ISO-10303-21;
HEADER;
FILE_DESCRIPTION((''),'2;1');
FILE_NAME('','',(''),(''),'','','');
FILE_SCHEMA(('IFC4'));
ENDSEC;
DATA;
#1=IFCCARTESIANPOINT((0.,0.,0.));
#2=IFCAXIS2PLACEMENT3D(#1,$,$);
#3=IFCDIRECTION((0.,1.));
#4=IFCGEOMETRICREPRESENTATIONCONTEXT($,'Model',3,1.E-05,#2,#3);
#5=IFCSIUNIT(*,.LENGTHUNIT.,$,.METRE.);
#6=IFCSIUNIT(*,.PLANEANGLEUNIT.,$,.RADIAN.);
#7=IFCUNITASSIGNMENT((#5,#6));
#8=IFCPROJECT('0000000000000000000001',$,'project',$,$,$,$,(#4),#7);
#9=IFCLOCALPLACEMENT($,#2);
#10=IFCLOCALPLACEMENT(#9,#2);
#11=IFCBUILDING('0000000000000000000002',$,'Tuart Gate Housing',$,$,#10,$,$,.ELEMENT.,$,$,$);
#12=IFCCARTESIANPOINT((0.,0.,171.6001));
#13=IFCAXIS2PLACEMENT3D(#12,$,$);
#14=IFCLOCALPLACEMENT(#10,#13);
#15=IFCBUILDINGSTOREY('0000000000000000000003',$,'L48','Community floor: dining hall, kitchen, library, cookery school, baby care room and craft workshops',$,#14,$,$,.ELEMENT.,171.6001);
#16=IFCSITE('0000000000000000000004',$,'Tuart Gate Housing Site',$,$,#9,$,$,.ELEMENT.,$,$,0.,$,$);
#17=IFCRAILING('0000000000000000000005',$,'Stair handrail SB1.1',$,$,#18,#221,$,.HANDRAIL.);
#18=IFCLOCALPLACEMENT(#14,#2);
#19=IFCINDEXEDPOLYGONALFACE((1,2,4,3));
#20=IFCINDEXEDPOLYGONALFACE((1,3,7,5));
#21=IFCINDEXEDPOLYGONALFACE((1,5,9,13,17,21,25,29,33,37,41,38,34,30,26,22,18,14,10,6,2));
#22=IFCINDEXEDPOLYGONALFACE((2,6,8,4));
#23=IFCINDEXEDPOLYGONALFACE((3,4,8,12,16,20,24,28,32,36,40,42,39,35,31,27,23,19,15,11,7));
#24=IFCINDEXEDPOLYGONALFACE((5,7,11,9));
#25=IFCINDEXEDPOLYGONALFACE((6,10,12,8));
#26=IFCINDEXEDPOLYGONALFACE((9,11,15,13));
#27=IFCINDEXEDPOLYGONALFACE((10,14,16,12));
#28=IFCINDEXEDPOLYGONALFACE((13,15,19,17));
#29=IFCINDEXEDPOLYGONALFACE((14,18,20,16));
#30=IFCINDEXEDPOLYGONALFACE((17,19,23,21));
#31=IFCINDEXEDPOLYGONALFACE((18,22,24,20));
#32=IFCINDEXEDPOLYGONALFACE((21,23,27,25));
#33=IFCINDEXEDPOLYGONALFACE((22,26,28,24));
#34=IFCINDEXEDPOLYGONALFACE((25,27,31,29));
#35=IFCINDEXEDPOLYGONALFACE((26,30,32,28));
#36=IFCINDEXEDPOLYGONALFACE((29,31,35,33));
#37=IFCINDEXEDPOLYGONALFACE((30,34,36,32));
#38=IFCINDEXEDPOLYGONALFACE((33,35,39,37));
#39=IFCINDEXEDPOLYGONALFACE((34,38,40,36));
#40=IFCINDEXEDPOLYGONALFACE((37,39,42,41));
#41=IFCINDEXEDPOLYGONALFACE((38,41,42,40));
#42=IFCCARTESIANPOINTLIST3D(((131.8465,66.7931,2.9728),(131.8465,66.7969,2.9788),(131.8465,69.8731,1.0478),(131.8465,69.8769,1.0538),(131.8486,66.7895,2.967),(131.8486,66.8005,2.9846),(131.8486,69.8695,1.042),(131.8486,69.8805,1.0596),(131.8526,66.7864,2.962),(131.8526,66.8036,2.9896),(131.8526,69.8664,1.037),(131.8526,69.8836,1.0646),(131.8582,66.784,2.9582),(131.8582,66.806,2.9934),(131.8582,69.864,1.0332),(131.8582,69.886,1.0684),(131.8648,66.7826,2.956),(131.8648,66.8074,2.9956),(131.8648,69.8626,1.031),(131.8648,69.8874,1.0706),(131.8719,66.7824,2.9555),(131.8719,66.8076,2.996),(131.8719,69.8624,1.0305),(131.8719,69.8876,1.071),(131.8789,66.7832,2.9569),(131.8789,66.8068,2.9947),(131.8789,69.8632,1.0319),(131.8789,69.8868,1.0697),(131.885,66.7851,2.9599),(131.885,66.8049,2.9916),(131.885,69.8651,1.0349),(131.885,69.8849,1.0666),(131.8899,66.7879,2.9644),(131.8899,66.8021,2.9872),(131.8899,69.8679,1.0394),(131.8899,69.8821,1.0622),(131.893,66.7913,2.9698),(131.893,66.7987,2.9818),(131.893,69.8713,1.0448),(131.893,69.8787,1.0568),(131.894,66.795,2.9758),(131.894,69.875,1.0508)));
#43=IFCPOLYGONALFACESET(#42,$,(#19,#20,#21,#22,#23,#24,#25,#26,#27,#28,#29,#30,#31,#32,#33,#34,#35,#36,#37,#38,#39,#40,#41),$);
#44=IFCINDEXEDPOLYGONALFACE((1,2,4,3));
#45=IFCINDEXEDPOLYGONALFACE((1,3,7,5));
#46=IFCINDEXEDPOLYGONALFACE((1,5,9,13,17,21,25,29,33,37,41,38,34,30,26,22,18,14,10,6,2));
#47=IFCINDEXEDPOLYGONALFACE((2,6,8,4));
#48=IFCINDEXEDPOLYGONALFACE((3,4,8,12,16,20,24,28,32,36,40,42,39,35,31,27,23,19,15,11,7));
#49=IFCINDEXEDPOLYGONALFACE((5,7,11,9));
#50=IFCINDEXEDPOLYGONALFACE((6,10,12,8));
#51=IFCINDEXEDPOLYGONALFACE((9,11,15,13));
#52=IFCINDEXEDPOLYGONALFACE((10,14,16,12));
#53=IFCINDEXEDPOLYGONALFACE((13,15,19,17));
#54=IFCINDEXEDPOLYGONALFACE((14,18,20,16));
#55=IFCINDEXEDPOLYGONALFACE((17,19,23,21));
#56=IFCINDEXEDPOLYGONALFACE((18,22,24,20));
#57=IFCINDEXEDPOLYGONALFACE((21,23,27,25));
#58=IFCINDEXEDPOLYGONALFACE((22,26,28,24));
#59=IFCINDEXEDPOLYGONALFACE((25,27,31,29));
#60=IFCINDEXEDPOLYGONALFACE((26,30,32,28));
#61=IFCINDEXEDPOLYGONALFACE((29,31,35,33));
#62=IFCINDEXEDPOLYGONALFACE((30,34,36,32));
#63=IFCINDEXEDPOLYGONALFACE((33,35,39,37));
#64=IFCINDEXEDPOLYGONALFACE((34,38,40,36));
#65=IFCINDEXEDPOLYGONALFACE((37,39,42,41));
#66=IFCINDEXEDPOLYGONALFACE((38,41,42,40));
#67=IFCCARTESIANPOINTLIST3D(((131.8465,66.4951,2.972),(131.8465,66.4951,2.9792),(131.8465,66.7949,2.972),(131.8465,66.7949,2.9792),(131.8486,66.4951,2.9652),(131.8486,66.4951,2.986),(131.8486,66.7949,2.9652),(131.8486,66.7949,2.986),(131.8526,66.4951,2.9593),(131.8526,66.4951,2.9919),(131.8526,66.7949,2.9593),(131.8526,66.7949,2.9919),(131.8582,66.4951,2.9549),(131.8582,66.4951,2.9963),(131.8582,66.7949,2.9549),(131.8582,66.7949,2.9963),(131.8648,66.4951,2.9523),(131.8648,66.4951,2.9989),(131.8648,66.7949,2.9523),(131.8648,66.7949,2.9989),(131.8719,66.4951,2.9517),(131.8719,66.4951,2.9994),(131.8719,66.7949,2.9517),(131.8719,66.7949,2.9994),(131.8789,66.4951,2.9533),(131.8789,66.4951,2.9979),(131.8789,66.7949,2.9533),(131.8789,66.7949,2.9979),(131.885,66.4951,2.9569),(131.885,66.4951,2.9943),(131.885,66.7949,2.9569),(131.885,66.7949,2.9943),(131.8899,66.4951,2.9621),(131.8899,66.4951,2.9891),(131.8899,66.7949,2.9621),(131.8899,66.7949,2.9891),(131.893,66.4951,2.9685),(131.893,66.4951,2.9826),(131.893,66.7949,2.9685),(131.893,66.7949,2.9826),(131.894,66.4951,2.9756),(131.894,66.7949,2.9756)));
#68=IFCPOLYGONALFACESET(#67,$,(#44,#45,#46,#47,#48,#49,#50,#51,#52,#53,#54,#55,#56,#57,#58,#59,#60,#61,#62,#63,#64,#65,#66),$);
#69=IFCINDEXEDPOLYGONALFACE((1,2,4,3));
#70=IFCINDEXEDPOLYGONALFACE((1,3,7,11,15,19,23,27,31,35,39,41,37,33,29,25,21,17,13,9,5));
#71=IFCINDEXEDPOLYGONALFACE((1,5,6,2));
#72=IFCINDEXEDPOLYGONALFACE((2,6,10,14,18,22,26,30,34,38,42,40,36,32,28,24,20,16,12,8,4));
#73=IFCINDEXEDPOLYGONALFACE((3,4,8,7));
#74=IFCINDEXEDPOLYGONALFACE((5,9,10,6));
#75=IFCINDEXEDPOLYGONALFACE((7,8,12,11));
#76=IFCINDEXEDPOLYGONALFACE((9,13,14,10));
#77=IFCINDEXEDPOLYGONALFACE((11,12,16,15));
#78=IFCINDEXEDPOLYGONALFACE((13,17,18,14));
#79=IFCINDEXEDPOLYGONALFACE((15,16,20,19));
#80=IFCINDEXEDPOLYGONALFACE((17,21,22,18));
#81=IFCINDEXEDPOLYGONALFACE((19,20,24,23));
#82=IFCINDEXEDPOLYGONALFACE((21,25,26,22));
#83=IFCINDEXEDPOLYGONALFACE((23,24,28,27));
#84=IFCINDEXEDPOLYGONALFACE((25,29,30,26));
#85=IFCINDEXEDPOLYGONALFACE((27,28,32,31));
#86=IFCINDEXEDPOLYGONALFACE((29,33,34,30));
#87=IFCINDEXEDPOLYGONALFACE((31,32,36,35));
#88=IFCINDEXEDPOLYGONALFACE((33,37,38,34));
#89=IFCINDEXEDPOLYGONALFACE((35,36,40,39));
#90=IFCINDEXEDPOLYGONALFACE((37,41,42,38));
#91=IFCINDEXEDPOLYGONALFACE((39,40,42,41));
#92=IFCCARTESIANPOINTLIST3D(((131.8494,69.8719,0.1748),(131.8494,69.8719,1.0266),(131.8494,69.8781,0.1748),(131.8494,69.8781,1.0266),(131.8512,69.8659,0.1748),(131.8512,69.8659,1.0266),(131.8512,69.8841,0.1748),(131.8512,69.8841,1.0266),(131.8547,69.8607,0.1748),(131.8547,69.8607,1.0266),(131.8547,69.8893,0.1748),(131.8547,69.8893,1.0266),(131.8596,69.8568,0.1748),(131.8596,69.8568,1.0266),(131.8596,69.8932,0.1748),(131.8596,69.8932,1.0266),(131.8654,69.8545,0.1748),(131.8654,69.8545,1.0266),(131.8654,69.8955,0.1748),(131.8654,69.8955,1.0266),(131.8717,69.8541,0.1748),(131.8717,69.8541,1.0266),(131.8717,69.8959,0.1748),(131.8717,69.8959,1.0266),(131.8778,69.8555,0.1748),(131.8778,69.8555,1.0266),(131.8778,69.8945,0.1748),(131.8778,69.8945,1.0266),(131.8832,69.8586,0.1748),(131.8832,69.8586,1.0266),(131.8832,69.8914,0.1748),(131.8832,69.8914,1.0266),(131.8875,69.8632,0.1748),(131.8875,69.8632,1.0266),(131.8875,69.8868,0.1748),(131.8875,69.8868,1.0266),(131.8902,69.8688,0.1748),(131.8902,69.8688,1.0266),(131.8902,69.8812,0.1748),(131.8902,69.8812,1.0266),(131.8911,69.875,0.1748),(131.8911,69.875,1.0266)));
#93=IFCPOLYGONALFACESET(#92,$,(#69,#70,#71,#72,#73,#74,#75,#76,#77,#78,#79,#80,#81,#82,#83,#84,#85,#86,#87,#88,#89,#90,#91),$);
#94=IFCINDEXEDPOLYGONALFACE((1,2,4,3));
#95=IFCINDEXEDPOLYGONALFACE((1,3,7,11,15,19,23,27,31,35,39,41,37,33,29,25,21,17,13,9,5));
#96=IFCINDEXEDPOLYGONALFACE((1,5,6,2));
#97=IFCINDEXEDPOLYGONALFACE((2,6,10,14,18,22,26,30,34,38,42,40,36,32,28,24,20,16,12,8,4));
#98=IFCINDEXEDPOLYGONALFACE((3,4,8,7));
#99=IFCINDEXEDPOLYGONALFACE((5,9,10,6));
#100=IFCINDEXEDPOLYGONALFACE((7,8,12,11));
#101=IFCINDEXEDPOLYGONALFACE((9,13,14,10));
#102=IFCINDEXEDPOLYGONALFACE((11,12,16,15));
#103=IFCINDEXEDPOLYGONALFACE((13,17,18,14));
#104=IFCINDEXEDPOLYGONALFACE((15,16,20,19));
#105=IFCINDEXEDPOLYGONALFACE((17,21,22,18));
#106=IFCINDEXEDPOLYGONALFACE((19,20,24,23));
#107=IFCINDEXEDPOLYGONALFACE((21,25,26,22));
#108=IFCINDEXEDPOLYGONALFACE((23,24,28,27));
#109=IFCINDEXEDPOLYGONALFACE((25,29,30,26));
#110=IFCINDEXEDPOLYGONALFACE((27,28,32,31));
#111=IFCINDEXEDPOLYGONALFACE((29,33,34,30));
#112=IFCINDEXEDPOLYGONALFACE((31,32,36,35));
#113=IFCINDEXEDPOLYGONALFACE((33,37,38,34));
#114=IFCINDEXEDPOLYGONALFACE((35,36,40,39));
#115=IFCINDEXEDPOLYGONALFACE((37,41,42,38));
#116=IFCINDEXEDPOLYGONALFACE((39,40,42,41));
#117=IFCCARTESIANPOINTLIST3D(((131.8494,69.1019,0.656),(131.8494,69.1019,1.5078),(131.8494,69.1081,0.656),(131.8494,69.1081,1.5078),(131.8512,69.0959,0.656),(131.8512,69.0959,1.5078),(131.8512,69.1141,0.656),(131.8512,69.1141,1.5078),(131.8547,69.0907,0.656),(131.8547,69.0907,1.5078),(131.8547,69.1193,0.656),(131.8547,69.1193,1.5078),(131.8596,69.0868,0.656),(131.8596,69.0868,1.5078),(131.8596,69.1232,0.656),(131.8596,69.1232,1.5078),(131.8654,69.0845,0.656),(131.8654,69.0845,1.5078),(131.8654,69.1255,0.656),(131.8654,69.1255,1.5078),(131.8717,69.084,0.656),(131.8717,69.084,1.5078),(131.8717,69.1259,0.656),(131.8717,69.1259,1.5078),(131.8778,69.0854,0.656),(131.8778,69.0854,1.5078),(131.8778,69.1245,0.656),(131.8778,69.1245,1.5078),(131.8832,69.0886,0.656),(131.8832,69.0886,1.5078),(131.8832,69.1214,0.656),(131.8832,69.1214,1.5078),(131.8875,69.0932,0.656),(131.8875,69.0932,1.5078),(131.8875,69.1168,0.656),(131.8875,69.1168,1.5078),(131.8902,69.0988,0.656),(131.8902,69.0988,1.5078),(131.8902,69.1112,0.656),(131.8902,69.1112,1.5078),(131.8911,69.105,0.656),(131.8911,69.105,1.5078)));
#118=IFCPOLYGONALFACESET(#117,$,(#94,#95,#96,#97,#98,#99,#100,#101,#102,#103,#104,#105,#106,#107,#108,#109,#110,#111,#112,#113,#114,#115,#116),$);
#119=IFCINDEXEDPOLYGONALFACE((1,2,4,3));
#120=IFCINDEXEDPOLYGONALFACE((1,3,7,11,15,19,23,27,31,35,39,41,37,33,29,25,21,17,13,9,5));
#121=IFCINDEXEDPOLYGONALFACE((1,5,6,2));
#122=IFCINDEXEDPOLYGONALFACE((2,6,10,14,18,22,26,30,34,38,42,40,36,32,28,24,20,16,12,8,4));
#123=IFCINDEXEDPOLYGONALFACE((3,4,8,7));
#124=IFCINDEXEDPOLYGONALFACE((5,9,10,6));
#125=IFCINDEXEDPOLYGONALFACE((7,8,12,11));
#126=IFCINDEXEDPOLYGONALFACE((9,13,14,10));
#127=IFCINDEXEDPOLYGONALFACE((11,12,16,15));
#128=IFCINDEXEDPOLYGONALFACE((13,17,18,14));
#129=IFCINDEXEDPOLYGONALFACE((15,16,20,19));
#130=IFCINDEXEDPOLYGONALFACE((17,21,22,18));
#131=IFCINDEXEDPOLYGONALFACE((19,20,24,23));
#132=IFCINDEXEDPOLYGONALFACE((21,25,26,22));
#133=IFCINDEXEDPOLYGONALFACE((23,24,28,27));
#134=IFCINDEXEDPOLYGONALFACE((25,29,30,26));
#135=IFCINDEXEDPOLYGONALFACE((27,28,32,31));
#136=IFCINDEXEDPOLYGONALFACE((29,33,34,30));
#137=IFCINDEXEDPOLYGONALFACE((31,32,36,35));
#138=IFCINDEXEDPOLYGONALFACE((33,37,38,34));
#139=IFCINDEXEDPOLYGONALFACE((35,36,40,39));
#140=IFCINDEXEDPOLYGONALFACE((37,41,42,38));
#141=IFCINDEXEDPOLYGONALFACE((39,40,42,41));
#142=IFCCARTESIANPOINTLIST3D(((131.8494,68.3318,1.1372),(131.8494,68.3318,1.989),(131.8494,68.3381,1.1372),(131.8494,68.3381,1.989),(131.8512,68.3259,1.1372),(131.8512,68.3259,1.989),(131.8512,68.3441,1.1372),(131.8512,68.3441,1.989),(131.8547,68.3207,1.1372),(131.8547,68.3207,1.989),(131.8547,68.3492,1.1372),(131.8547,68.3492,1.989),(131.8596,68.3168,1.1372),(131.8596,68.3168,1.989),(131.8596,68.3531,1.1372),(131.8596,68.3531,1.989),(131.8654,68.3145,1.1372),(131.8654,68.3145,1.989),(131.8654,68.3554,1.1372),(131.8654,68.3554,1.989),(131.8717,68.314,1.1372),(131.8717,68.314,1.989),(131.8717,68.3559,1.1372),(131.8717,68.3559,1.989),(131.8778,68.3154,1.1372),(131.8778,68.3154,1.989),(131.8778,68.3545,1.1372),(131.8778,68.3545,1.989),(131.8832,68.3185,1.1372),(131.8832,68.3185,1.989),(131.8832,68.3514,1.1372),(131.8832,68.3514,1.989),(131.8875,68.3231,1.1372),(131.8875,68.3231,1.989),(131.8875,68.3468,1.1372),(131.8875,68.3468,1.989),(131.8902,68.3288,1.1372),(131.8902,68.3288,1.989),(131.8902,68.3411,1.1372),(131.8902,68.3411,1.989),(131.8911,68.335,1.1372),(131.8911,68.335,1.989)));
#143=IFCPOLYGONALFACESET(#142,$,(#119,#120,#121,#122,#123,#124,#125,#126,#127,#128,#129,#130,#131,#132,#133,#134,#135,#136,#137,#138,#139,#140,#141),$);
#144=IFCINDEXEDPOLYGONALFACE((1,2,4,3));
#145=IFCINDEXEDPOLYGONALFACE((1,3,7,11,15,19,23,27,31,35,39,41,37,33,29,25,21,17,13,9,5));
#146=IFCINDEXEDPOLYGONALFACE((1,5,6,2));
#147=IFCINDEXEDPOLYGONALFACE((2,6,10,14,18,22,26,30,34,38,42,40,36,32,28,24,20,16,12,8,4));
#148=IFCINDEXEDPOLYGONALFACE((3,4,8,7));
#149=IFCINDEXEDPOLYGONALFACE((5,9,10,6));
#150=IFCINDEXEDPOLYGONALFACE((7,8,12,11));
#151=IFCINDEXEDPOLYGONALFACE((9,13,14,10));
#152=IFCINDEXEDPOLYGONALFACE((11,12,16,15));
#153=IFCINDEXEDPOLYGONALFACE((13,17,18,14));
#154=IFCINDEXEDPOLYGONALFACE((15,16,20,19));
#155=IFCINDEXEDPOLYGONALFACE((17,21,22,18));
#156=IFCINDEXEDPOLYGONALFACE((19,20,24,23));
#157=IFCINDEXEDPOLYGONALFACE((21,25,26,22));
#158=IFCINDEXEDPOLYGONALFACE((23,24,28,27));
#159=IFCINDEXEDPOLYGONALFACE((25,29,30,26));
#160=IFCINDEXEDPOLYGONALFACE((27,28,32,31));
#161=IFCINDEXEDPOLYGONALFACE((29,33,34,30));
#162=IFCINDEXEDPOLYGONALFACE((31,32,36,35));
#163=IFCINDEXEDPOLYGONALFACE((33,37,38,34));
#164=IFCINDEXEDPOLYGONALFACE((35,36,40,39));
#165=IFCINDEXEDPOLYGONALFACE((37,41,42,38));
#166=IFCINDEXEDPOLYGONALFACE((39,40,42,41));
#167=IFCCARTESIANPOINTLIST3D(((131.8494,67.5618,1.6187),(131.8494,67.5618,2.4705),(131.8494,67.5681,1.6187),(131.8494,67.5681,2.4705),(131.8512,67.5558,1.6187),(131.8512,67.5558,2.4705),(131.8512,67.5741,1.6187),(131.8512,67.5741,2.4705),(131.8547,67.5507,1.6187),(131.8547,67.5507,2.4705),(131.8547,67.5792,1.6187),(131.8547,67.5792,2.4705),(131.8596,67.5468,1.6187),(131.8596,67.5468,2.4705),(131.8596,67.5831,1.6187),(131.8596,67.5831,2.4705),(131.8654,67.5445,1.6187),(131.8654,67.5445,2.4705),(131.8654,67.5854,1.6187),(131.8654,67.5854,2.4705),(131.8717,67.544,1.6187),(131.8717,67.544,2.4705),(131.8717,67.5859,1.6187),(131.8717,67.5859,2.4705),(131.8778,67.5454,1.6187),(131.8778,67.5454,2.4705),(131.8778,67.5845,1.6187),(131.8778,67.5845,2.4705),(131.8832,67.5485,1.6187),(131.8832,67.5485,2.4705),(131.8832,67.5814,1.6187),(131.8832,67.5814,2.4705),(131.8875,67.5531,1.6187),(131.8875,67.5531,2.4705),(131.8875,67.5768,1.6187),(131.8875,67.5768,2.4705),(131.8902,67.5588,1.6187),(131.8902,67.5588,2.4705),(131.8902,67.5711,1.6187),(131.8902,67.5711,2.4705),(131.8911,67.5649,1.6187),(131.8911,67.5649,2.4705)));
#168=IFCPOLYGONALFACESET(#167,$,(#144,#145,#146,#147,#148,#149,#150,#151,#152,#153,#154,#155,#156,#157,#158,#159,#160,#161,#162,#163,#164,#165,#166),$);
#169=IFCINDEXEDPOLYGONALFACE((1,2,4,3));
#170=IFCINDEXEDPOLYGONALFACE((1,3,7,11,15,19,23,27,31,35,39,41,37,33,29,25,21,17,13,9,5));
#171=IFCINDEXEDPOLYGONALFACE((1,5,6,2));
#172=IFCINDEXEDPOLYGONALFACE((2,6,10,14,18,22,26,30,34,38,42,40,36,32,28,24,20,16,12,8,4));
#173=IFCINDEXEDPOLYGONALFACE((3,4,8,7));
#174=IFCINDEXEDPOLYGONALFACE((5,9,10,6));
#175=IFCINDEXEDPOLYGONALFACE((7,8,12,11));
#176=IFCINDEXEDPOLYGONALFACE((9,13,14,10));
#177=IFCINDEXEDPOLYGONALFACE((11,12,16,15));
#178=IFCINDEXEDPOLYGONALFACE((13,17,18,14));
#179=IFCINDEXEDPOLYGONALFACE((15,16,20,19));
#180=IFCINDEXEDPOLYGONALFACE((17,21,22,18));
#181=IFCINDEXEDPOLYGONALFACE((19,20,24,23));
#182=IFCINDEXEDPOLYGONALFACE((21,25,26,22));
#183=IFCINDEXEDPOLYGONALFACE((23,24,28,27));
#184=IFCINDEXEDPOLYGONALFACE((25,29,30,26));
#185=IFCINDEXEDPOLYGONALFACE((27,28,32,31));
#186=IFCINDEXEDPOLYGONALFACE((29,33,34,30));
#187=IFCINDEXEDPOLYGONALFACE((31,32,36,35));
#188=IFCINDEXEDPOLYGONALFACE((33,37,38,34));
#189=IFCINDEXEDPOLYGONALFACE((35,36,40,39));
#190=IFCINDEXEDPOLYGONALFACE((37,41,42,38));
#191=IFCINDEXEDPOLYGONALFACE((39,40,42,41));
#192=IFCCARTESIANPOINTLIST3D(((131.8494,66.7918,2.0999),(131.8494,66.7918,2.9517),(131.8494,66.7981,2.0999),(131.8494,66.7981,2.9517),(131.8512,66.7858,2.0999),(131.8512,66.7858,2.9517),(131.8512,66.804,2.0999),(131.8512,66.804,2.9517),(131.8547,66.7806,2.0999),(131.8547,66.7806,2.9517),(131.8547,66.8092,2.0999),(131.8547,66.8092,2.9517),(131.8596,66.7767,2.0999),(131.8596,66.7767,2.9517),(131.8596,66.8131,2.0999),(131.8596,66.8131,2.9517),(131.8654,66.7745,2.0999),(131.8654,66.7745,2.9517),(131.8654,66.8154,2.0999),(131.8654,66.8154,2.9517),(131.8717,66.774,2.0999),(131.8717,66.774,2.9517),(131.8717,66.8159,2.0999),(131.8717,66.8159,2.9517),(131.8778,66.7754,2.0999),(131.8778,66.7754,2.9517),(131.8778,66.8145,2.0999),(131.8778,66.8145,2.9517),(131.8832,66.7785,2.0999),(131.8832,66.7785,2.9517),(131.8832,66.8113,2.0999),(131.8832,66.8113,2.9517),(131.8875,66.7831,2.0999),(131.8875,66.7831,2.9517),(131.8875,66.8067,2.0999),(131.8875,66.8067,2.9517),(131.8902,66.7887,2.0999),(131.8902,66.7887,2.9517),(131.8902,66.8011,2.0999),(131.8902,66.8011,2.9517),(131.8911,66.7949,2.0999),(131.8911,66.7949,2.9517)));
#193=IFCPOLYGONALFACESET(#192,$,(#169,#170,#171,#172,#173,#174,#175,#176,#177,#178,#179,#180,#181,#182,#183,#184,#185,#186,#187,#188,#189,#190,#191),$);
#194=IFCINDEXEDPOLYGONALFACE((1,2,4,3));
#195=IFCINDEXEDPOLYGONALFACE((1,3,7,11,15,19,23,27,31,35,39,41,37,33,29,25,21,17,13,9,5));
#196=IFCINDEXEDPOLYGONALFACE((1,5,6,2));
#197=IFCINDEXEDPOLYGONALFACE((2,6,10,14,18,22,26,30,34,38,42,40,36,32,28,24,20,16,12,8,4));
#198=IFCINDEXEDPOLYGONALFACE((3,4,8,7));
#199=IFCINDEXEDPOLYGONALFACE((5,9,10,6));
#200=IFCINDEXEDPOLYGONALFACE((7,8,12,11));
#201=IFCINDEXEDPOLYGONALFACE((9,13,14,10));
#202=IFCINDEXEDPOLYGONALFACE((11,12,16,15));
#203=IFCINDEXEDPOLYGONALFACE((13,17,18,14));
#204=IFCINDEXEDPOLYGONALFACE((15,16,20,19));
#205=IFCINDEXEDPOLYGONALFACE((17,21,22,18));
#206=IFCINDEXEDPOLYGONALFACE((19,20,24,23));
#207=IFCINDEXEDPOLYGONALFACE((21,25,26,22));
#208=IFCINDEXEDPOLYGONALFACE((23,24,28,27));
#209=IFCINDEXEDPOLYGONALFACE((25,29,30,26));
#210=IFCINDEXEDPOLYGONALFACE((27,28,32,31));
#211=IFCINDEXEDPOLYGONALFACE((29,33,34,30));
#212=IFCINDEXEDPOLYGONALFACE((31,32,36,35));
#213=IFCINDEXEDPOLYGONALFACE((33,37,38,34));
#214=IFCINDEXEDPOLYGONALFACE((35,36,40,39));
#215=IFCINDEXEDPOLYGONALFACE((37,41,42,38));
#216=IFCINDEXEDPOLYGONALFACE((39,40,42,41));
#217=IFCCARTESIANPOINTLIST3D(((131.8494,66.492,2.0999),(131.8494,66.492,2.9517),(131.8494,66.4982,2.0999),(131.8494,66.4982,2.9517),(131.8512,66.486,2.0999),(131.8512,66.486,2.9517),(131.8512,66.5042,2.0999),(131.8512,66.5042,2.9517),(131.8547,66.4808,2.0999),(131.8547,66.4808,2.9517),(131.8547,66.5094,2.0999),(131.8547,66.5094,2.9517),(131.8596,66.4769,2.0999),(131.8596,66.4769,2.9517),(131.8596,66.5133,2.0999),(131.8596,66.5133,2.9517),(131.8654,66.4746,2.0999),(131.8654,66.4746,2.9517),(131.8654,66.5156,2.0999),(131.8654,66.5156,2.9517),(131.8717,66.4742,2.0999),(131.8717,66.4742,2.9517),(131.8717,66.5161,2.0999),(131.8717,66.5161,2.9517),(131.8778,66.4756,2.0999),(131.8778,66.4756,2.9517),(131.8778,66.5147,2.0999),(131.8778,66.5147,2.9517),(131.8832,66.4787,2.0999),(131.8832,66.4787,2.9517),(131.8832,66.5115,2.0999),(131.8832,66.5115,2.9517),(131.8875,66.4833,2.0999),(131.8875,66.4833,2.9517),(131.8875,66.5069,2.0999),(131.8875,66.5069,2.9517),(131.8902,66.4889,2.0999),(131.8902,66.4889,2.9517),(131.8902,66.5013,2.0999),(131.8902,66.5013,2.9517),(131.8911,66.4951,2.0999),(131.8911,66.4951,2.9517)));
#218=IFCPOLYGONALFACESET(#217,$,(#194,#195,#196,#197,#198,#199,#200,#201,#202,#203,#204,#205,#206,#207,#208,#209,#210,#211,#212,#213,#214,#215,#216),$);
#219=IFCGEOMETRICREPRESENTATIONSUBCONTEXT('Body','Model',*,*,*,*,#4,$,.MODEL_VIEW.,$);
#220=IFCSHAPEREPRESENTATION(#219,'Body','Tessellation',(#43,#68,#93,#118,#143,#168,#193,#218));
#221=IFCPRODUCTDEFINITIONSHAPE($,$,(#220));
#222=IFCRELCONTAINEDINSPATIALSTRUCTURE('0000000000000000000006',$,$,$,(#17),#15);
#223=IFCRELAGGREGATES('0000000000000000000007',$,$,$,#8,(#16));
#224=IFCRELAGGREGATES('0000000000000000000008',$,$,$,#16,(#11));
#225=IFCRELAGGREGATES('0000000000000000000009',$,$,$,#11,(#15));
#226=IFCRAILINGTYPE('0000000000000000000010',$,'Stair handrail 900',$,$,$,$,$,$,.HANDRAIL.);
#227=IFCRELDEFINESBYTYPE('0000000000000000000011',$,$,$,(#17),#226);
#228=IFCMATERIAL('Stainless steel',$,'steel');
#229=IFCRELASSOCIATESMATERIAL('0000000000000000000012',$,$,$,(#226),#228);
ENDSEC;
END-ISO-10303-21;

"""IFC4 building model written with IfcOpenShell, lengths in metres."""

from ifc_helpers import new_model, si_unit, direction, frame, origin, origin_2d, place, context, subcontext, project, spatial, circle, extrude, material, type_object, element, save


model = new_model("IFC4")

# Units and contexts
model_context = context("Model", 3, precision=1e-05, world=origin(), true_north=direction((0.0, 1.0)))
body_context = subcontext(model_context, "Body", "Model", "MODEL_VIEW")
ifc_project = project(units=[si_unit("LENGTHUNIT", "METRE"), si_unit("PLANEANGLEUNIT", "RADIAN")], contexts=[model_context])

# Site, building, storey
site_placement = place(None, origin())
site = spatial("IfcSite", under=ifc_project, at=site_placement, Name="Tuart Gate Housing Site", CompositionType="ELEMENT", RefElevation=0.0)
building_placement = place(site_placement, origin())
building = spatial("IfcBuilding", under=site, at=building_placement, Name="Tuart Gate Housing", CompositionType="ELEMENT")
storey_placement = place(building_placement, frame((0.0, 0.0, 171.6001)))
storey = spatial("IfcBuildingStorey", under=building, at=storey_placement, Name="L48", Description="Community floor: dining hall, kitchen, library, cookery school, baby care room and craft workshops", CompositionType="ELEMENT", Elevation=171.6001)

# Railing
ifc_material_1 = material(Name="Stainless steel", Category="steel")
railing_type = type_object("IfcRailingType", Name="Stair handrail 900", PredefinedType="HANDRAIL", material=ifc_material_1)
railing_placement = place(storey_placement, frame((131.8701, 69.875, 0.1748)))
element("IfcRailing", 1, at=railing_placement, inside=storey, type_object=railing_type, Name="Stair handrail SB1.1", PredefinedType="HANDRAIL", context=body_context, shape_type="SweptSolid", body=[
    extrude(circle(Radius=0.0239, at=origin_2d()), frame((0.0, 0.0, 0.876), z_axis=(0.0, -0.847998, 0.529999), x_axis=(1.0, 0.0, 0.0)), (0.0, 0.0, 1.0), 3.6321),
    extrude(circle(Radius=0.0239, at=origin_2d()), frame((0.0, -3.0801, 2.8008), z_axis=(0.0, -1.0, 0.0), x_axis=(1.0, 0.0, 0.0)), (0.0, 0.0, 1.0), 0.2998),
    extrude(circle(Radius=0.021, at=origin_2d()), origin(), (0.0, 0.0, 1.0), 0.8518),
    extrude(circle(Radius=0.021, at=origin_2d()), frame((0.0, -0.77, 0.4812)), (0.0, 0.0, 1.0), 0.8518),
    extrude(circle(Radius=0.021, at=origin_2d()), frame((0.0, -1.54, 0.9624)), (0.0, 0.0, 1.0), 0.8518),
    extrude(circle(Radius=0.021, at=origin_2d()), frame((0.0, -2.3101, 1.4438)), (0.0, 0.0, 1.0), 0.8518),
    extrude(circle(Radius=0.021, at=origin_2d()), frame((0.0, -3.0801, 1.925)), (0.0, 0.0, 1.0), 0.8518),
    extrude(circle(Radius=0.021, at=origin_2d()), frame((0.0, -3.3799, 1.925)), (0.0, 0.0, 1.0), 0.8518),
])

save(model, "model.ifc")
